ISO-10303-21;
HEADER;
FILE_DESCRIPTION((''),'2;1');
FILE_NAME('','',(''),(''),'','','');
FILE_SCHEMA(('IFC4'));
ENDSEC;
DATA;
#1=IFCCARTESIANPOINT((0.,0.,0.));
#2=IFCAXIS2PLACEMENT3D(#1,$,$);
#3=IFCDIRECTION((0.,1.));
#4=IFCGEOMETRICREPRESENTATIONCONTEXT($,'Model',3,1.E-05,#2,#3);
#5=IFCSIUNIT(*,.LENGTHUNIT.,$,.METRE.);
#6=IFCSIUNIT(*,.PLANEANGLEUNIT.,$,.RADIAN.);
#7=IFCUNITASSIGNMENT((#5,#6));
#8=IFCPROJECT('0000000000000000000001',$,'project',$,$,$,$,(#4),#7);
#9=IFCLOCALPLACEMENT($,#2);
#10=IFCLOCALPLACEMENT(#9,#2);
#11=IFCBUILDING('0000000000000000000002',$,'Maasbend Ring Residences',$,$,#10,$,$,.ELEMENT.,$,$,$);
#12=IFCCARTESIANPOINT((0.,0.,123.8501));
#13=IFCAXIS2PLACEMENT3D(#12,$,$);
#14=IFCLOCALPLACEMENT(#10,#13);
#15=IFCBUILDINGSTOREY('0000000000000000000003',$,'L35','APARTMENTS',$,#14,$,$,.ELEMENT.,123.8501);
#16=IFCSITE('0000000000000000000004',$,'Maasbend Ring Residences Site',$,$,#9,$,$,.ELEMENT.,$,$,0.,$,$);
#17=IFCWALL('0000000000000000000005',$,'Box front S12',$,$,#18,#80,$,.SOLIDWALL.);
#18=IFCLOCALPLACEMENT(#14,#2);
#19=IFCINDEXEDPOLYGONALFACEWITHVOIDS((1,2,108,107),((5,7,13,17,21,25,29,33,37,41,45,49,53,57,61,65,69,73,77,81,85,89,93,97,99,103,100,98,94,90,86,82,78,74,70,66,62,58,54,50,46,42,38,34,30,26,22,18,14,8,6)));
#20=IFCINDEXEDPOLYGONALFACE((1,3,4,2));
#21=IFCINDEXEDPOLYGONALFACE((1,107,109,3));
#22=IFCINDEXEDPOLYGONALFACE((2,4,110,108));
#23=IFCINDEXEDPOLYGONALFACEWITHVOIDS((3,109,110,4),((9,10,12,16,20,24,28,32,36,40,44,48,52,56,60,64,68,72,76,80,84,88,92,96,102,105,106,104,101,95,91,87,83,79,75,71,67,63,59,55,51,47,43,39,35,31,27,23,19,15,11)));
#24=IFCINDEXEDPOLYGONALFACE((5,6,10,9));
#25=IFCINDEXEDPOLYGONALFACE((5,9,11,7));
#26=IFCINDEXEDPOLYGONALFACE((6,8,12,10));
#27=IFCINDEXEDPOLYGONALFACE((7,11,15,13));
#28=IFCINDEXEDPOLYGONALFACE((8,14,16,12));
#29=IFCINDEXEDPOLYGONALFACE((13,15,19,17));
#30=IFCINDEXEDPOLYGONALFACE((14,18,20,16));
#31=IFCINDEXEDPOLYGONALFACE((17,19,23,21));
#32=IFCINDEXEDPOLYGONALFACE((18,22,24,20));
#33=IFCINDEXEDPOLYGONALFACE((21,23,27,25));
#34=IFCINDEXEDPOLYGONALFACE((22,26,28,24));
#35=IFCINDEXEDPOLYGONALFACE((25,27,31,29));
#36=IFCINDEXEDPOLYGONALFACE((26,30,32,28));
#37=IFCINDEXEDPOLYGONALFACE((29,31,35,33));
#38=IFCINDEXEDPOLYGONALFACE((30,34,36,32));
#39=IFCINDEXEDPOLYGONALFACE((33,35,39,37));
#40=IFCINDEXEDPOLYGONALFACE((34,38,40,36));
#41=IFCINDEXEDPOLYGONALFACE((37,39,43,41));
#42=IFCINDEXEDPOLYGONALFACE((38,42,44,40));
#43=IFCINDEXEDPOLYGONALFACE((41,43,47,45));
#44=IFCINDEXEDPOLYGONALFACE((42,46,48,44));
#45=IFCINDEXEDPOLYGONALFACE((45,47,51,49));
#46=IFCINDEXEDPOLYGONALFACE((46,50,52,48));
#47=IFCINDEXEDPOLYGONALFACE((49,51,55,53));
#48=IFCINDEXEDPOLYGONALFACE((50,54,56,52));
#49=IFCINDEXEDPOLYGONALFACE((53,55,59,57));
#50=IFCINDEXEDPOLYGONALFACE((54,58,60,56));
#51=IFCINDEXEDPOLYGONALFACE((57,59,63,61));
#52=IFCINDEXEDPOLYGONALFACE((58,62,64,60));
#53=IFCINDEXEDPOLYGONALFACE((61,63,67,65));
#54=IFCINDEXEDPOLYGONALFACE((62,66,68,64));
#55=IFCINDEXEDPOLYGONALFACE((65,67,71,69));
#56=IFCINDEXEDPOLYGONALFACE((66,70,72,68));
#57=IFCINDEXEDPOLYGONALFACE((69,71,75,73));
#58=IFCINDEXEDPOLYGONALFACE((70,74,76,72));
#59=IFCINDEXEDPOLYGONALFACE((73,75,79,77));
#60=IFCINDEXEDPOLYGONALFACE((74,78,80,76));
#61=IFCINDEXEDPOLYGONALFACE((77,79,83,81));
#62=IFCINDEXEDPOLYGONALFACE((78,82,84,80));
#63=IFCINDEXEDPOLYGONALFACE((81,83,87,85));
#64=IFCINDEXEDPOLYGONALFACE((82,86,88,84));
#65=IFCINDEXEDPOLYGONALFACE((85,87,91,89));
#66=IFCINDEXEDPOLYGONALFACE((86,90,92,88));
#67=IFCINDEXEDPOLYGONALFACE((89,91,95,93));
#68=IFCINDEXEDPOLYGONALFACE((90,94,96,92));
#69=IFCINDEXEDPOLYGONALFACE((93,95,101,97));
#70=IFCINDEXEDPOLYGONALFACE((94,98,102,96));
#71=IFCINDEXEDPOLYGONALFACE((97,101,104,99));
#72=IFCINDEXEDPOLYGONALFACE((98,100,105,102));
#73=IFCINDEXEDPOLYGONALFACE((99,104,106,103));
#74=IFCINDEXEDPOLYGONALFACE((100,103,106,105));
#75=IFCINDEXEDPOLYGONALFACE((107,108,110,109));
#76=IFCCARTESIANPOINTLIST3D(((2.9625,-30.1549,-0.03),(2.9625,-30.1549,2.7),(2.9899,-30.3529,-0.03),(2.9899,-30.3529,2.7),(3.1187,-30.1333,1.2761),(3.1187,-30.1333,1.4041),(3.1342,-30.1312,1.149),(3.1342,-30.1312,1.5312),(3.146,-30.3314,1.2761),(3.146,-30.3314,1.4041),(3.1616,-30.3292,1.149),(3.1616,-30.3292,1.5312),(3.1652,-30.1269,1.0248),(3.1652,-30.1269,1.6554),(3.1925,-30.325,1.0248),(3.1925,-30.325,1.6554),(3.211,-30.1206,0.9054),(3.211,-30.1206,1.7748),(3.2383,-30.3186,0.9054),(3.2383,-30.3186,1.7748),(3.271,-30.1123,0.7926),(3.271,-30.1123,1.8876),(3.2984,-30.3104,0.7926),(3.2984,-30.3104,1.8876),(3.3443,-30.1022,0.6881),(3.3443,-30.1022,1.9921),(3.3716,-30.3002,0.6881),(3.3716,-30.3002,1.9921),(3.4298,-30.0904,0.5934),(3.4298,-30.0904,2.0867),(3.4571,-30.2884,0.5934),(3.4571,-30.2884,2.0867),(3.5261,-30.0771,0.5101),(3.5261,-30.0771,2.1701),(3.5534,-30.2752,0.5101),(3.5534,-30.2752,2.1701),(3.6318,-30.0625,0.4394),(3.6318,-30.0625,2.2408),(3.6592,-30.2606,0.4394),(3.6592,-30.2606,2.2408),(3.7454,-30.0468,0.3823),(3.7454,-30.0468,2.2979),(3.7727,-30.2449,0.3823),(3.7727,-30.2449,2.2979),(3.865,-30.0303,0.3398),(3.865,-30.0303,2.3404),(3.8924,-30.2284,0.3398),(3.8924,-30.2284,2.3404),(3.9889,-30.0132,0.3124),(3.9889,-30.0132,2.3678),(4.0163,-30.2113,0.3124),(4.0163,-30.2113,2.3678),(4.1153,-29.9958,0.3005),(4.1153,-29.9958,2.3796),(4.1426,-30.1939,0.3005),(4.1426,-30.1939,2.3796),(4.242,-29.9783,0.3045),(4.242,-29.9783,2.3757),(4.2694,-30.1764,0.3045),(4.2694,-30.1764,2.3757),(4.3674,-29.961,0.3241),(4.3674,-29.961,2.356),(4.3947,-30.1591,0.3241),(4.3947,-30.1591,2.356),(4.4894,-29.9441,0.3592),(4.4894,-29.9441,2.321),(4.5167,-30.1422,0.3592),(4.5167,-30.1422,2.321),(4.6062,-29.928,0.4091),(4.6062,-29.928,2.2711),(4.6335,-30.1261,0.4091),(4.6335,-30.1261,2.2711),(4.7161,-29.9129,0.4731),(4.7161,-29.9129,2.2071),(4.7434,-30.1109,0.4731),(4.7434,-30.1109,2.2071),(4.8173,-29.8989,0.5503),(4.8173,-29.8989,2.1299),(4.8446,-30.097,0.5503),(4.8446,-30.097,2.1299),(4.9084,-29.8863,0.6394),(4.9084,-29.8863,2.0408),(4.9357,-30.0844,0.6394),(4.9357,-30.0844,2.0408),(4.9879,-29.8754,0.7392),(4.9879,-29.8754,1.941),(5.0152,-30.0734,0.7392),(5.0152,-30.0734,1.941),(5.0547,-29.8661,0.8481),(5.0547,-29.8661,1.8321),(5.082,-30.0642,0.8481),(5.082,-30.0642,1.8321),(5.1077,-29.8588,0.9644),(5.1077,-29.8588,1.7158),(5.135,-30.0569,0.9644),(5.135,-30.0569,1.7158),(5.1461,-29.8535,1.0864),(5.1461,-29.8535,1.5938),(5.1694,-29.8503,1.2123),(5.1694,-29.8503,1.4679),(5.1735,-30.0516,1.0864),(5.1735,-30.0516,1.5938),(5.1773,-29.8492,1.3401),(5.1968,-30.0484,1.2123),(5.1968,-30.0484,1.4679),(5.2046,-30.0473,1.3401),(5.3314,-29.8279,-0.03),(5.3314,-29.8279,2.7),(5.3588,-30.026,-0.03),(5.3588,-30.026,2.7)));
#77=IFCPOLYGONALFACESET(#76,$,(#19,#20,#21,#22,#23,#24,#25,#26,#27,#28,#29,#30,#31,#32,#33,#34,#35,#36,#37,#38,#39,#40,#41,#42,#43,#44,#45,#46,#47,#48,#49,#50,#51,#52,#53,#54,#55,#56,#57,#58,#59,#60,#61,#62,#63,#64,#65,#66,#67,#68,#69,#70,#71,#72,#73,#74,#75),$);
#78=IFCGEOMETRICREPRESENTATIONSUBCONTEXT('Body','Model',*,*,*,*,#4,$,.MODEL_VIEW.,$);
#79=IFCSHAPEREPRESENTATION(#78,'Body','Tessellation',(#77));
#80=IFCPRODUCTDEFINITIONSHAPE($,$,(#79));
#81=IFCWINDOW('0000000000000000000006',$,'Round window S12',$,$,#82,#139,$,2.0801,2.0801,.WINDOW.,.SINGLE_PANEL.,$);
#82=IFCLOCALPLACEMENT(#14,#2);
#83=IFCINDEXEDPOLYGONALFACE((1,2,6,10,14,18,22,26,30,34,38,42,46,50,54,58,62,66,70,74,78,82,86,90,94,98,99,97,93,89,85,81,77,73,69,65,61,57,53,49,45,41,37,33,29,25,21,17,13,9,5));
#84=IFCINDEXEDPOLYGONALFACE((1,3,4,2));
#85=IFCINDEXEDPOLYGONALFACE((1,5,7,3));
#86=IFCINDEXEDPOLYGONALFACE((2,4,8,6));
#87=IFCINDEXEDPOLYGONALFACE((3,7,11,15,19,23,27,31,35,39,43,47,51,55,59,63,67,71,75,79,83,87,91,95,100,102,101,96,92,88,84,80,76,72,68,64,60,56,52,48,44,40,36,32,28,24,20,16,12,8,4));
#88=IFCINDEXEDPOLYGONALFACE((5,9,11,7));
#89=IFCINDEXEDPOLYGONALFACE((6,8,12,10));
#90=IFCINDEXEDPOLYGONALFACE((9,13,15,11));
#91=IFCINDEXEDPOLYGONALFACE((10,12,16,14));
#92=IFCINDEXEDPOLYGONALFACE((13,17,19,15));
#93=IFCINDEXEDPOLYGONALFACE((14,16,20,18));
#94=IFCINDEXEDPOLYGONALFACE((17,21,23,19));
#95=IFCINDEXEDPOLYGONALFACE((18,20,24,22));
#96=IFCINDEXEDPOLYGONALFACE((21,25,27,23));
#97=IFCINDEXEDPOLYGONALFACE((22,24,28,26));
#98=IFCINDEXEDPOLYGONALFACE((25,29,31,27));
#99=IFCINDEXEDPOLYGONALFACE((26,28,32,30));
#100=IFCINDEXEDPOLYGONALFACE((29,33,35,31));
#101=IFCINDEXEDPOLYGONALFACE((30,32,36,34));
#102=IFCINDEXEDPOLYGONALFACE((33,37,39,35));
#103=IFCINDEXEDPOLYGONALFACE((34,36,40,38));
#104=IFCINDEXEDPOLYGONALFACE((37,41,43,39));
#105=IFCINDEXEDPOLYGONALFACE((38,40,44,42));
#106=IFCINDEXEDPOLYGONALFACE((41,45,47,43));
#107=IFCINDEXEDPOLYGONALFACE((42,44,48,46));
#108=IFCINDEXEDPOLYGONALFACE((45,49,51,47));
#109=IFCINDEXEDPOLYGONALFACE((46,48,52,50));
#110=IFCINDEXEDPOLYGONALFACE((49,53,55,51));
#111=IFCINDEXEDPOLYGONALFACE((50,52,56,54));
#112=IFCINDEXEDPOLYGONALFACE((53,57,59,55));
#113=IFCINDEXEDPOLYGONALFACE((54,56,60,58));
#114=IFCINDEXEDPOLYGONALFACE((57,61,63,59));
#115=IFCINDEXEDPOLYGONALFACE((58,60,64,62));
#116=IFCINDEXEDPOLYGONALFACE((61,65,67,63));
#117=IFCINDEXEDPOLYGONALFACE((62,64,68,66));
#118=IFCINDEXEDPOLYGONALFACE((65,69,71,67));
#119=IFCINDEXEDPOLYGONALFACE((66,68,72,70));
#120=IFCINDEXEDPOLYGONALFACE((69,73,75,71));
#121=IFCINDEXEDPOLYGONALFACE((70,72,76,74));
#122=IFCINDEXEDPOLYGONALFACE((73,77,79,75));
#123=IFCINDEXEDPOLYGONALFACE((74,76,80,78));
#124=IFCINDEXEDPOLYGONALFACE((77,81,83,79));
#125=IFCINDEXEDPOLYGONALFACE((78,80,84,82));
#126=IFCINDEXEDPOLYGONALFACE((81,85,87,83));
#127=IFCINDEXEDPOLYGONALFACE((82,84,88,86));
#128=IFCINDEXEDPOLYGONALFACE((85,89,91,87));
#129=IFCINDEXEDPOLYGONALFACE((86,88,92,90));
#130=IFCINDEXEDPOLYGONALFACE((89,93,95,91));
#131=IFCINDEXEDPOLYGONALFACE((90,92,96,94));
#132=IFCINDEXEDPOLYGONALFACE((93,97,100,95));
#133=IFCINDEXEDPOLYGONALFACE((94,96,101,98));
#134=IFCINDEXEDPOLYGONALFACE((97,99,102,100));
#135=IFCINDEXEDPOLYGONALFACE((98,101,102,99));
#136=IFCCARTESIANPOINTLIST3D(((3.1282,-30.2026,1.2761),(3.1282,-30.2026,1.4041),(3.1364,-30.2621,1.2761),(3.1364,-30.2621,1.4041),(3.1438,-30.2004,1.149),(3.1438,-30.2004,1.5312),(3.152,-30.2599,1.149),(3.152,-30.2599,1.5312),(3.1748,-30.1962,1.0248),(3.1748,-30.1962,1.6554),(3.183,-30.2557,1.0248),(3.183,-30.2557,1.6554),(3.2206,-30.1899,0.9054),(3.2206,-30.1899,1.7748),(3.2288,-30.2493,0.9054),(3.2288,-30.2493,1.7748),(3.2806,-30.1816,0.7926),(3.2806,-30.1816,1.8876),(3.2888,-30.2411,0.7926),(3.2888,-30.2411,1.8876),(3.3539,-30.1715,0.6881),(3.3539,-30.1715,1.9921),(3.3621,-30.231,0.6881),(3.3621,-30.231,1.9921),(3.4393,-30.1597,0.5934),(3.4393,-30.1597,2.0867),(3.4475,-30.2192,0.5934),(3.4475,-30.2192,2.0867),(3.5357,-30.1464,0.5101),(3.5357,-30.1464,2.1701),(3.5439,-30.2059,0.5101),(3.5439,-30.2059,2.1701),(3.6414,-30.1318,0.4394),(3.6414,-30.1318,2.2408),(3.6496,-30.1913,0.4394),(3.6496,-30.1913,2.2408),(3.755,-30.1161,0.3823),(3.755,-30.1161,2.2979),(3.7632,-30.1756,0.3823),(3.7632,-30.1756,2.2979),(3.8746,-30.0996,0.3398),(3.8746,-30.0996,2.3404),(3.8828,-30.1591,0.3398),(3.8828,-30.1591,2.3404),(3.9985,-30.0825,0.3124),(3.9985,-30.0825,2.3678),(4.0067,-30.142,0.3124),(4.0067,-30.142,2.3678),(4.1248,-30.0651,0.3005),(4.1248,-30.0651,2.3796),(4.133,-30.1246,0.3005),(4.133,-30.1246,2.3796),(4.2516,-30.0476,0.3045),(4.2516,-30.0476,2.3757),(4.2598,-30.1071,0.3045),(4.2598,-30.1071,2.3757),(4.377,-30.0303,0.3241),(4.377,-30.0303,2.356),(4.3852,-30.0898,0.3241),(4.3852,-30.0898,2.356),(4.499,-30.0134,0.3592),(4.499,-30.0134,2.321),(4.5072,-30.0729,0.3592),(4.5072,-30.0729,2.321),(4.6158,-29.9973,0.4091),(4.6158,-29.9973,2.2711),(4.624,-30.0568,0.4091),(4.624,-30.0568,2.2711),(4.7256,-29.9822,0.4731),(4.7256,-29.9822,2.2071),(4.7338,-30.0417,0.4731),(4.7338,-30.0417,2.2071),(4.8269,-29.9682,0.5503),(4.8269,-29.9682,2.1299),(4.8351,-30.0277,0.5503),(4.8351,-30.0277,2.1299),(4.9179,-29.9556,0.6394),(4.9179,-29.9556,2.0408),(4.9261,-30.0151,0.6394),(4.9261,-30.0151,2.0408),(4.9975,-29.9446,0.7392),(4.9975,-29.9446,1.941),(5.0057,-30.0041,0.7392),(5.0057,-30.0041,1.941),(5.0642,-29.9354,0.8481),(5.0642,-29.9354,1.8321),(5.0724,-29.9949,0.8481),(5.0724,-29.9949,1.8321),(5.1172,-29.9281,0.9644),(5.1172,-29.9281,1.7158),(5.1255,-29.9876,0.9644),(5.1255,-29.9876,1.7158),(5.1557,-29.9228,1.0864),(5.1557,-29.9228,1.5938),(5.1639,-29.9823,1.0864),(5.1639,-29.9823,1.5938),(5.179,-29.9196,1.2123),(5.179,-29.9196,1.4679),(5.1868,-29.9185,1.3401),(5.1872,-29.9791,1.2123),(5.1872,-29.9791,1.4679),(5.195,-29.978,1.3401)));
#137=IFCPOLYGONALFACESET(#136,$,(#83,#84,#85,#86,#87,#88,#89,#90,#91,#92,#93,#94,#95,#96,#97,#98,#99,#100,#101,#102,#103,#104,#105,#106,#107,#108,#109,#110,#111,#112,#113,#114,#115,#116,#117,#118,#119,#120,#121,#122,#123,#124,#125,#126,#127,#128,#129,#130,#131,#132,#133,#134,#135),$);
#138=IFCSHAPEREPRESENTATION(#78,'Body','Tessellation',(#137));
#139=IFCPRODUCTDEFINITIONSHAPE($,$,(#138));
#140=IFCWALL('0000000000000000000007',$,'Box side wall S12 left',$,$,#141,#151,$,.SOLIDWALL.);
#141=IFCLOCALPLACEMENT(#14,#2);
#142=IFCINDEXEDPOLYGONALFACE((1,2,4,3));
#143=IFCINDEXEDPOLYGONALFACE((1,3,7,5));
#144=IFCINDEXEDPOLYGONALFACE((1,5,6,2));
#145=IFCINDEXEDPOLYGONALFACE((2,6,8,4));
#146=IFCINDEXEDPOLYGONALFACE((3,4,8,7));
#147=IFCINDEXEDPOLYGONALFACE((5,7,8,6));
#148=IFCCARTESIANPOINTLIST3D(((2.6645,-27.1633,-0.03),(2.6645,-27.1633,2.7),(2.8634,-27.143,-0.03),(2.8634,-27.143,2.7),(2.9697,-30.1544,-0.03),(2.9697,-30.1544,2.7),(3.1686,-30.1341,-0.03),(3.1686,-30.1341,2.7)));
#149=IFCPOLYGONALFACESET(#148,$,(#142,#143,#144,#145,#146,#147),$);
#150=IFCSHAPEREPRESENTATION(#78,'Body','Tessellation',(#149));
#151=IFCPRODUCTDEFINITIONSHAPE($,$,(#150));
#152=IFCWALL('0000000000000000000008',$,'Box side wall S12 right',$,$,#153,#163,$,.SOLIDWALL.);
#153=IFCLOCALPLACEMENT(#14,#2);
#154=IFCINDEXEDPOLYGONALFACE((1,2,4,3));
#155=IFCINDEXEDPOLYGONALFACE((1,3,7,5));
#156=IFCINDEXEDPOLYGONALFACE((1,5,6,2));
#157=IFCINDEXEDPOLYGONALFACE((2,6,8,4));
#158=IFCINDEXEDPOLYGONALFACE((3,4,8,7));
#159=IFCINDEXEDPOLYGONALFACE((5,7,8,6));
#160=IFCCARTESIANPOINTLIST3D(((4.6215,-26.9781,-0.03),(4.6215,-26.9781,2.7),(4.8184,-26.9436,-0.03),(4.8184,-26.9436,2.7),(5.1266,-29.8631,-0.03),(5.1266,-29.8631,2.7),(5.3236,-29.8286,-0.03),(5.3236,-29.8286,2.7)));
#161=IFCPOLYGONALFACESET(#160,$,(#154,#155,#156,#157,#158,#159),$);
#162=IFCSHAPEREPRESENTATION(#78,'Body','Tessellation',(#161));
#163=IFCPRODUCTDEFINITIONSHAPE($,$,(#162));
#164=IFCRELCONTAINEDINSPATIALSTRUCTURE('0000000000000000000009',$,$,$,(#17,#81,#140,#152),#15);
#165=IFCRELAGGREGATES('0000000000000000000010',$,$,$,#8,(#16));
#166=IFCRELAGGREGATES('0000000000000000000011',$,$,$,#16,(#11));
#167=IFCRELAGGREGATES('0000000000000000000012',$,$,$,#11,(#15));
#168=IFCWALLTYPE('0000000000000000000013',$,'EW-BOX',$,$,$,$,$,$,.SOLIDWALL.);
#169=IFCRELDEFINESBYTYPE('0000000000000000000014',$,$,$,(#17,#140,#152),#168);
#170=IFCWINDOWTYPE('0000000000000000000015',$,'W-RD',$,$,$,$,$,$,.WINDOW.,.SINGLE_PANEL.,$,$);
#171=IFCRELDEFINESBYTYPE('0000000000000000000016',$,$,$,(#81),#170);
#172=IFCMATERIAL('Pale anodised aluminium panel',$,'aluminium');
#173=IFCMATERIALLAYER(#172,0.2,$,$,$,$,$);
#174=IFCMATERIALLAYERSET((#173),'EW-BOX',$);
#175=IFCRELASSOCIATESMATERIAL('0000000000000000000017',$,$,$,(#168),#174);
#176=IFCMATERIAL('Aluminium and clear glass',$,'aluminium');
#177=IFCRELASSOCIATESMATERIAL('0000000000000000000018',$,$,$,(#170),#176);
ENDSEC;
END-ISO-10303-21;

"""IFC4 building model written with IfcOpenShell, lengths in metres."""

from ifc_helpers import new_model, si_unit, direction, frame, frame_2d, origin, place, context, subcontext, project, spatial, rectangle, circle, extrude, material, layer, layer_set, type_object, element, fill, save


model = new_model("IFC4")

# Units and contexts
model_context = context("Model", 3, precision=1e-05, world=origin(), true_north=direction((0.0, 1.0)))
body_context = subcontext(model_context, "Body", "Model", "MODEL_VIEW")
ifc_project = project(units=[si_unit("LENGTHUNIT", "METRE"), si_unit("PLANEANGLEUNIT", "RADIAN")], contexts=[model_context])

# Site, building, storey
site_placement = place(None, origin())
site = spatial("IfcSite", under=ifc_project, at=site_placement, Name="Maasbend Ring Residences Site", CompositionType="ELEMENT", RefElevation=0.0)
building_placement = place(site_placement, origin())
building = spatial("IfcBuilding", under=site, at=building_placement, Name="Maasbend Ring Residences", CompositionType="ELEMENT")
storey_placement = place(building_placement, frame((0.0, 0.0, 123.8501)))
storey = spatial("IfcBuildingStorey", under=building, at=storey_placement, Name="L35", Description="APARTMENTS", CompositionType="ELEMENT", Elevation=123.8501)

# Wall, opening, window
ifc_material_1 = material(Name="Pale anodised aluminium panel", Category="aluminium")
ifc_layer_1 = layer(ifc_material_1, 0.2)
ifc_layer_set_1 = layer_set([ifc_layer_1], Name="EW-BOX")
wall_type_1 = type_object("IfcWallType", Name="EW-BOX", PredefinedType="SOLIDWALL", material=ifc_layer_set_1)
wall_1_placement = place(storey_placement, frame((2.9761, -30.2539, -0.03), z_axis=(0.0, 0.0, 1.0), x_axis=(0.990612, 0.136703, 0.0)))
wall_1 = element("IfcWall", 1, at=wall_1_placement, inside=storey, type_object=wall_type_1, Name="Box front S12", PredefinedType="SOLIDWALL", context=body_context, shape_type="SweptSolid", body=[
    extrude(rectangle(XDim=2.3914, YDim=0.2, at=frame_2d((1.1958, 0.0))), origin(), (0.0, 0.0, 1.0), 2.73),
])
opening_1_placement = place(wall_1_placement, frame((0.1558, 0.0, 0.3301)))
opening_1 = element("IfcOpeningElement", 2, at=opening_1_placement, cuts=wall_1, PredefinedType="OPENING", context=body_context, shape_type="SweptSolid", body=[
    extrude(circle(Radius=1.04, at=frame_2d((1.04, 1.04))), frame((0.0, 0.1099, 0.0), z_axis=(0.0, -1.0, 0.0), x_axis=(1.0, 0.0, 0.0)), (0.0, 0.0, 1.0), 0.22),
])
ifc_material_2 = material(Name="Aluminium and clear glass", Category="aluminium")
window_type_1 = type_object("IfcWindowType", Name="W-RD", PartitioningType="SINGLE_PANEL", PredefinedType="WINDOW", material=ifc_material_2)
window_1_placement = place(opening_1_placement, origin())
window_1 = element("IfcWindow", 3, at=window_1_placement, inside=storey, type_object=window_type_1, Name="Round window S12", OverallHeight=2.0801, OverallWidth=2.0801, PartitioningType="SINGLE_PANEL", PredefinedType="WINDOW", context=body_context, shape_type="SweptSolid", body=[
    extrude(circle(Radius=1.04, at=frame_2d((1.04, 1.04))), frame((0.0, 0.03, 0.0), z_axis=(0.0, -1.0, 0.0), x_axis=(1.0, 0.0, 0.0)), (0.0, 0.0, 1.0), 0.0601),
])
fill(opening_1, window_1)

# Walls
wall_2_placement = place(storey_placement, frame((2.7639, -27.1531, -0.03), z_axis=(0.0, 0.0, 1.0), x_axis=(0.101505, -0.994835, 0.0)))
element("IfcWall", 4, at=wall_2_placement, inside=storey, type_object=wall_type_1, Name="Box side wall S12 left", PredefinedType="SOLIDWALL", context=body_context, shape_type="SweptSolid", body=[
    extrude(rectangle(XDim=3.0066, YDim=0.2, at=frame_2d((1.5034, 0.0))), origin(), (0.0, 0.0, 1.0), 2.73),
])
wall_3_placement = place(storey_placement, frame((4.72, -26.9609, -0.03), z_axis=(0.0, 0.0, 1.0), x_axis=(0.172463, -0.985016, 0.0)))
element("IfcWall", 5, at=wall_3_placement, inside=storey, type_object=wall_type_1, Name="Box side wall S12 right", PredefinedType="SOLIDWALL", context=body_context, shape_type="SweptSolid", body=[
    extrude(rectangle(XDim=2.929, YDim=0.2, at=frame_2d((1.4644, 0.0))), origin(), (0.0, 0.0, 1.0), 2.73),
])

save(model, "model.ifc")
